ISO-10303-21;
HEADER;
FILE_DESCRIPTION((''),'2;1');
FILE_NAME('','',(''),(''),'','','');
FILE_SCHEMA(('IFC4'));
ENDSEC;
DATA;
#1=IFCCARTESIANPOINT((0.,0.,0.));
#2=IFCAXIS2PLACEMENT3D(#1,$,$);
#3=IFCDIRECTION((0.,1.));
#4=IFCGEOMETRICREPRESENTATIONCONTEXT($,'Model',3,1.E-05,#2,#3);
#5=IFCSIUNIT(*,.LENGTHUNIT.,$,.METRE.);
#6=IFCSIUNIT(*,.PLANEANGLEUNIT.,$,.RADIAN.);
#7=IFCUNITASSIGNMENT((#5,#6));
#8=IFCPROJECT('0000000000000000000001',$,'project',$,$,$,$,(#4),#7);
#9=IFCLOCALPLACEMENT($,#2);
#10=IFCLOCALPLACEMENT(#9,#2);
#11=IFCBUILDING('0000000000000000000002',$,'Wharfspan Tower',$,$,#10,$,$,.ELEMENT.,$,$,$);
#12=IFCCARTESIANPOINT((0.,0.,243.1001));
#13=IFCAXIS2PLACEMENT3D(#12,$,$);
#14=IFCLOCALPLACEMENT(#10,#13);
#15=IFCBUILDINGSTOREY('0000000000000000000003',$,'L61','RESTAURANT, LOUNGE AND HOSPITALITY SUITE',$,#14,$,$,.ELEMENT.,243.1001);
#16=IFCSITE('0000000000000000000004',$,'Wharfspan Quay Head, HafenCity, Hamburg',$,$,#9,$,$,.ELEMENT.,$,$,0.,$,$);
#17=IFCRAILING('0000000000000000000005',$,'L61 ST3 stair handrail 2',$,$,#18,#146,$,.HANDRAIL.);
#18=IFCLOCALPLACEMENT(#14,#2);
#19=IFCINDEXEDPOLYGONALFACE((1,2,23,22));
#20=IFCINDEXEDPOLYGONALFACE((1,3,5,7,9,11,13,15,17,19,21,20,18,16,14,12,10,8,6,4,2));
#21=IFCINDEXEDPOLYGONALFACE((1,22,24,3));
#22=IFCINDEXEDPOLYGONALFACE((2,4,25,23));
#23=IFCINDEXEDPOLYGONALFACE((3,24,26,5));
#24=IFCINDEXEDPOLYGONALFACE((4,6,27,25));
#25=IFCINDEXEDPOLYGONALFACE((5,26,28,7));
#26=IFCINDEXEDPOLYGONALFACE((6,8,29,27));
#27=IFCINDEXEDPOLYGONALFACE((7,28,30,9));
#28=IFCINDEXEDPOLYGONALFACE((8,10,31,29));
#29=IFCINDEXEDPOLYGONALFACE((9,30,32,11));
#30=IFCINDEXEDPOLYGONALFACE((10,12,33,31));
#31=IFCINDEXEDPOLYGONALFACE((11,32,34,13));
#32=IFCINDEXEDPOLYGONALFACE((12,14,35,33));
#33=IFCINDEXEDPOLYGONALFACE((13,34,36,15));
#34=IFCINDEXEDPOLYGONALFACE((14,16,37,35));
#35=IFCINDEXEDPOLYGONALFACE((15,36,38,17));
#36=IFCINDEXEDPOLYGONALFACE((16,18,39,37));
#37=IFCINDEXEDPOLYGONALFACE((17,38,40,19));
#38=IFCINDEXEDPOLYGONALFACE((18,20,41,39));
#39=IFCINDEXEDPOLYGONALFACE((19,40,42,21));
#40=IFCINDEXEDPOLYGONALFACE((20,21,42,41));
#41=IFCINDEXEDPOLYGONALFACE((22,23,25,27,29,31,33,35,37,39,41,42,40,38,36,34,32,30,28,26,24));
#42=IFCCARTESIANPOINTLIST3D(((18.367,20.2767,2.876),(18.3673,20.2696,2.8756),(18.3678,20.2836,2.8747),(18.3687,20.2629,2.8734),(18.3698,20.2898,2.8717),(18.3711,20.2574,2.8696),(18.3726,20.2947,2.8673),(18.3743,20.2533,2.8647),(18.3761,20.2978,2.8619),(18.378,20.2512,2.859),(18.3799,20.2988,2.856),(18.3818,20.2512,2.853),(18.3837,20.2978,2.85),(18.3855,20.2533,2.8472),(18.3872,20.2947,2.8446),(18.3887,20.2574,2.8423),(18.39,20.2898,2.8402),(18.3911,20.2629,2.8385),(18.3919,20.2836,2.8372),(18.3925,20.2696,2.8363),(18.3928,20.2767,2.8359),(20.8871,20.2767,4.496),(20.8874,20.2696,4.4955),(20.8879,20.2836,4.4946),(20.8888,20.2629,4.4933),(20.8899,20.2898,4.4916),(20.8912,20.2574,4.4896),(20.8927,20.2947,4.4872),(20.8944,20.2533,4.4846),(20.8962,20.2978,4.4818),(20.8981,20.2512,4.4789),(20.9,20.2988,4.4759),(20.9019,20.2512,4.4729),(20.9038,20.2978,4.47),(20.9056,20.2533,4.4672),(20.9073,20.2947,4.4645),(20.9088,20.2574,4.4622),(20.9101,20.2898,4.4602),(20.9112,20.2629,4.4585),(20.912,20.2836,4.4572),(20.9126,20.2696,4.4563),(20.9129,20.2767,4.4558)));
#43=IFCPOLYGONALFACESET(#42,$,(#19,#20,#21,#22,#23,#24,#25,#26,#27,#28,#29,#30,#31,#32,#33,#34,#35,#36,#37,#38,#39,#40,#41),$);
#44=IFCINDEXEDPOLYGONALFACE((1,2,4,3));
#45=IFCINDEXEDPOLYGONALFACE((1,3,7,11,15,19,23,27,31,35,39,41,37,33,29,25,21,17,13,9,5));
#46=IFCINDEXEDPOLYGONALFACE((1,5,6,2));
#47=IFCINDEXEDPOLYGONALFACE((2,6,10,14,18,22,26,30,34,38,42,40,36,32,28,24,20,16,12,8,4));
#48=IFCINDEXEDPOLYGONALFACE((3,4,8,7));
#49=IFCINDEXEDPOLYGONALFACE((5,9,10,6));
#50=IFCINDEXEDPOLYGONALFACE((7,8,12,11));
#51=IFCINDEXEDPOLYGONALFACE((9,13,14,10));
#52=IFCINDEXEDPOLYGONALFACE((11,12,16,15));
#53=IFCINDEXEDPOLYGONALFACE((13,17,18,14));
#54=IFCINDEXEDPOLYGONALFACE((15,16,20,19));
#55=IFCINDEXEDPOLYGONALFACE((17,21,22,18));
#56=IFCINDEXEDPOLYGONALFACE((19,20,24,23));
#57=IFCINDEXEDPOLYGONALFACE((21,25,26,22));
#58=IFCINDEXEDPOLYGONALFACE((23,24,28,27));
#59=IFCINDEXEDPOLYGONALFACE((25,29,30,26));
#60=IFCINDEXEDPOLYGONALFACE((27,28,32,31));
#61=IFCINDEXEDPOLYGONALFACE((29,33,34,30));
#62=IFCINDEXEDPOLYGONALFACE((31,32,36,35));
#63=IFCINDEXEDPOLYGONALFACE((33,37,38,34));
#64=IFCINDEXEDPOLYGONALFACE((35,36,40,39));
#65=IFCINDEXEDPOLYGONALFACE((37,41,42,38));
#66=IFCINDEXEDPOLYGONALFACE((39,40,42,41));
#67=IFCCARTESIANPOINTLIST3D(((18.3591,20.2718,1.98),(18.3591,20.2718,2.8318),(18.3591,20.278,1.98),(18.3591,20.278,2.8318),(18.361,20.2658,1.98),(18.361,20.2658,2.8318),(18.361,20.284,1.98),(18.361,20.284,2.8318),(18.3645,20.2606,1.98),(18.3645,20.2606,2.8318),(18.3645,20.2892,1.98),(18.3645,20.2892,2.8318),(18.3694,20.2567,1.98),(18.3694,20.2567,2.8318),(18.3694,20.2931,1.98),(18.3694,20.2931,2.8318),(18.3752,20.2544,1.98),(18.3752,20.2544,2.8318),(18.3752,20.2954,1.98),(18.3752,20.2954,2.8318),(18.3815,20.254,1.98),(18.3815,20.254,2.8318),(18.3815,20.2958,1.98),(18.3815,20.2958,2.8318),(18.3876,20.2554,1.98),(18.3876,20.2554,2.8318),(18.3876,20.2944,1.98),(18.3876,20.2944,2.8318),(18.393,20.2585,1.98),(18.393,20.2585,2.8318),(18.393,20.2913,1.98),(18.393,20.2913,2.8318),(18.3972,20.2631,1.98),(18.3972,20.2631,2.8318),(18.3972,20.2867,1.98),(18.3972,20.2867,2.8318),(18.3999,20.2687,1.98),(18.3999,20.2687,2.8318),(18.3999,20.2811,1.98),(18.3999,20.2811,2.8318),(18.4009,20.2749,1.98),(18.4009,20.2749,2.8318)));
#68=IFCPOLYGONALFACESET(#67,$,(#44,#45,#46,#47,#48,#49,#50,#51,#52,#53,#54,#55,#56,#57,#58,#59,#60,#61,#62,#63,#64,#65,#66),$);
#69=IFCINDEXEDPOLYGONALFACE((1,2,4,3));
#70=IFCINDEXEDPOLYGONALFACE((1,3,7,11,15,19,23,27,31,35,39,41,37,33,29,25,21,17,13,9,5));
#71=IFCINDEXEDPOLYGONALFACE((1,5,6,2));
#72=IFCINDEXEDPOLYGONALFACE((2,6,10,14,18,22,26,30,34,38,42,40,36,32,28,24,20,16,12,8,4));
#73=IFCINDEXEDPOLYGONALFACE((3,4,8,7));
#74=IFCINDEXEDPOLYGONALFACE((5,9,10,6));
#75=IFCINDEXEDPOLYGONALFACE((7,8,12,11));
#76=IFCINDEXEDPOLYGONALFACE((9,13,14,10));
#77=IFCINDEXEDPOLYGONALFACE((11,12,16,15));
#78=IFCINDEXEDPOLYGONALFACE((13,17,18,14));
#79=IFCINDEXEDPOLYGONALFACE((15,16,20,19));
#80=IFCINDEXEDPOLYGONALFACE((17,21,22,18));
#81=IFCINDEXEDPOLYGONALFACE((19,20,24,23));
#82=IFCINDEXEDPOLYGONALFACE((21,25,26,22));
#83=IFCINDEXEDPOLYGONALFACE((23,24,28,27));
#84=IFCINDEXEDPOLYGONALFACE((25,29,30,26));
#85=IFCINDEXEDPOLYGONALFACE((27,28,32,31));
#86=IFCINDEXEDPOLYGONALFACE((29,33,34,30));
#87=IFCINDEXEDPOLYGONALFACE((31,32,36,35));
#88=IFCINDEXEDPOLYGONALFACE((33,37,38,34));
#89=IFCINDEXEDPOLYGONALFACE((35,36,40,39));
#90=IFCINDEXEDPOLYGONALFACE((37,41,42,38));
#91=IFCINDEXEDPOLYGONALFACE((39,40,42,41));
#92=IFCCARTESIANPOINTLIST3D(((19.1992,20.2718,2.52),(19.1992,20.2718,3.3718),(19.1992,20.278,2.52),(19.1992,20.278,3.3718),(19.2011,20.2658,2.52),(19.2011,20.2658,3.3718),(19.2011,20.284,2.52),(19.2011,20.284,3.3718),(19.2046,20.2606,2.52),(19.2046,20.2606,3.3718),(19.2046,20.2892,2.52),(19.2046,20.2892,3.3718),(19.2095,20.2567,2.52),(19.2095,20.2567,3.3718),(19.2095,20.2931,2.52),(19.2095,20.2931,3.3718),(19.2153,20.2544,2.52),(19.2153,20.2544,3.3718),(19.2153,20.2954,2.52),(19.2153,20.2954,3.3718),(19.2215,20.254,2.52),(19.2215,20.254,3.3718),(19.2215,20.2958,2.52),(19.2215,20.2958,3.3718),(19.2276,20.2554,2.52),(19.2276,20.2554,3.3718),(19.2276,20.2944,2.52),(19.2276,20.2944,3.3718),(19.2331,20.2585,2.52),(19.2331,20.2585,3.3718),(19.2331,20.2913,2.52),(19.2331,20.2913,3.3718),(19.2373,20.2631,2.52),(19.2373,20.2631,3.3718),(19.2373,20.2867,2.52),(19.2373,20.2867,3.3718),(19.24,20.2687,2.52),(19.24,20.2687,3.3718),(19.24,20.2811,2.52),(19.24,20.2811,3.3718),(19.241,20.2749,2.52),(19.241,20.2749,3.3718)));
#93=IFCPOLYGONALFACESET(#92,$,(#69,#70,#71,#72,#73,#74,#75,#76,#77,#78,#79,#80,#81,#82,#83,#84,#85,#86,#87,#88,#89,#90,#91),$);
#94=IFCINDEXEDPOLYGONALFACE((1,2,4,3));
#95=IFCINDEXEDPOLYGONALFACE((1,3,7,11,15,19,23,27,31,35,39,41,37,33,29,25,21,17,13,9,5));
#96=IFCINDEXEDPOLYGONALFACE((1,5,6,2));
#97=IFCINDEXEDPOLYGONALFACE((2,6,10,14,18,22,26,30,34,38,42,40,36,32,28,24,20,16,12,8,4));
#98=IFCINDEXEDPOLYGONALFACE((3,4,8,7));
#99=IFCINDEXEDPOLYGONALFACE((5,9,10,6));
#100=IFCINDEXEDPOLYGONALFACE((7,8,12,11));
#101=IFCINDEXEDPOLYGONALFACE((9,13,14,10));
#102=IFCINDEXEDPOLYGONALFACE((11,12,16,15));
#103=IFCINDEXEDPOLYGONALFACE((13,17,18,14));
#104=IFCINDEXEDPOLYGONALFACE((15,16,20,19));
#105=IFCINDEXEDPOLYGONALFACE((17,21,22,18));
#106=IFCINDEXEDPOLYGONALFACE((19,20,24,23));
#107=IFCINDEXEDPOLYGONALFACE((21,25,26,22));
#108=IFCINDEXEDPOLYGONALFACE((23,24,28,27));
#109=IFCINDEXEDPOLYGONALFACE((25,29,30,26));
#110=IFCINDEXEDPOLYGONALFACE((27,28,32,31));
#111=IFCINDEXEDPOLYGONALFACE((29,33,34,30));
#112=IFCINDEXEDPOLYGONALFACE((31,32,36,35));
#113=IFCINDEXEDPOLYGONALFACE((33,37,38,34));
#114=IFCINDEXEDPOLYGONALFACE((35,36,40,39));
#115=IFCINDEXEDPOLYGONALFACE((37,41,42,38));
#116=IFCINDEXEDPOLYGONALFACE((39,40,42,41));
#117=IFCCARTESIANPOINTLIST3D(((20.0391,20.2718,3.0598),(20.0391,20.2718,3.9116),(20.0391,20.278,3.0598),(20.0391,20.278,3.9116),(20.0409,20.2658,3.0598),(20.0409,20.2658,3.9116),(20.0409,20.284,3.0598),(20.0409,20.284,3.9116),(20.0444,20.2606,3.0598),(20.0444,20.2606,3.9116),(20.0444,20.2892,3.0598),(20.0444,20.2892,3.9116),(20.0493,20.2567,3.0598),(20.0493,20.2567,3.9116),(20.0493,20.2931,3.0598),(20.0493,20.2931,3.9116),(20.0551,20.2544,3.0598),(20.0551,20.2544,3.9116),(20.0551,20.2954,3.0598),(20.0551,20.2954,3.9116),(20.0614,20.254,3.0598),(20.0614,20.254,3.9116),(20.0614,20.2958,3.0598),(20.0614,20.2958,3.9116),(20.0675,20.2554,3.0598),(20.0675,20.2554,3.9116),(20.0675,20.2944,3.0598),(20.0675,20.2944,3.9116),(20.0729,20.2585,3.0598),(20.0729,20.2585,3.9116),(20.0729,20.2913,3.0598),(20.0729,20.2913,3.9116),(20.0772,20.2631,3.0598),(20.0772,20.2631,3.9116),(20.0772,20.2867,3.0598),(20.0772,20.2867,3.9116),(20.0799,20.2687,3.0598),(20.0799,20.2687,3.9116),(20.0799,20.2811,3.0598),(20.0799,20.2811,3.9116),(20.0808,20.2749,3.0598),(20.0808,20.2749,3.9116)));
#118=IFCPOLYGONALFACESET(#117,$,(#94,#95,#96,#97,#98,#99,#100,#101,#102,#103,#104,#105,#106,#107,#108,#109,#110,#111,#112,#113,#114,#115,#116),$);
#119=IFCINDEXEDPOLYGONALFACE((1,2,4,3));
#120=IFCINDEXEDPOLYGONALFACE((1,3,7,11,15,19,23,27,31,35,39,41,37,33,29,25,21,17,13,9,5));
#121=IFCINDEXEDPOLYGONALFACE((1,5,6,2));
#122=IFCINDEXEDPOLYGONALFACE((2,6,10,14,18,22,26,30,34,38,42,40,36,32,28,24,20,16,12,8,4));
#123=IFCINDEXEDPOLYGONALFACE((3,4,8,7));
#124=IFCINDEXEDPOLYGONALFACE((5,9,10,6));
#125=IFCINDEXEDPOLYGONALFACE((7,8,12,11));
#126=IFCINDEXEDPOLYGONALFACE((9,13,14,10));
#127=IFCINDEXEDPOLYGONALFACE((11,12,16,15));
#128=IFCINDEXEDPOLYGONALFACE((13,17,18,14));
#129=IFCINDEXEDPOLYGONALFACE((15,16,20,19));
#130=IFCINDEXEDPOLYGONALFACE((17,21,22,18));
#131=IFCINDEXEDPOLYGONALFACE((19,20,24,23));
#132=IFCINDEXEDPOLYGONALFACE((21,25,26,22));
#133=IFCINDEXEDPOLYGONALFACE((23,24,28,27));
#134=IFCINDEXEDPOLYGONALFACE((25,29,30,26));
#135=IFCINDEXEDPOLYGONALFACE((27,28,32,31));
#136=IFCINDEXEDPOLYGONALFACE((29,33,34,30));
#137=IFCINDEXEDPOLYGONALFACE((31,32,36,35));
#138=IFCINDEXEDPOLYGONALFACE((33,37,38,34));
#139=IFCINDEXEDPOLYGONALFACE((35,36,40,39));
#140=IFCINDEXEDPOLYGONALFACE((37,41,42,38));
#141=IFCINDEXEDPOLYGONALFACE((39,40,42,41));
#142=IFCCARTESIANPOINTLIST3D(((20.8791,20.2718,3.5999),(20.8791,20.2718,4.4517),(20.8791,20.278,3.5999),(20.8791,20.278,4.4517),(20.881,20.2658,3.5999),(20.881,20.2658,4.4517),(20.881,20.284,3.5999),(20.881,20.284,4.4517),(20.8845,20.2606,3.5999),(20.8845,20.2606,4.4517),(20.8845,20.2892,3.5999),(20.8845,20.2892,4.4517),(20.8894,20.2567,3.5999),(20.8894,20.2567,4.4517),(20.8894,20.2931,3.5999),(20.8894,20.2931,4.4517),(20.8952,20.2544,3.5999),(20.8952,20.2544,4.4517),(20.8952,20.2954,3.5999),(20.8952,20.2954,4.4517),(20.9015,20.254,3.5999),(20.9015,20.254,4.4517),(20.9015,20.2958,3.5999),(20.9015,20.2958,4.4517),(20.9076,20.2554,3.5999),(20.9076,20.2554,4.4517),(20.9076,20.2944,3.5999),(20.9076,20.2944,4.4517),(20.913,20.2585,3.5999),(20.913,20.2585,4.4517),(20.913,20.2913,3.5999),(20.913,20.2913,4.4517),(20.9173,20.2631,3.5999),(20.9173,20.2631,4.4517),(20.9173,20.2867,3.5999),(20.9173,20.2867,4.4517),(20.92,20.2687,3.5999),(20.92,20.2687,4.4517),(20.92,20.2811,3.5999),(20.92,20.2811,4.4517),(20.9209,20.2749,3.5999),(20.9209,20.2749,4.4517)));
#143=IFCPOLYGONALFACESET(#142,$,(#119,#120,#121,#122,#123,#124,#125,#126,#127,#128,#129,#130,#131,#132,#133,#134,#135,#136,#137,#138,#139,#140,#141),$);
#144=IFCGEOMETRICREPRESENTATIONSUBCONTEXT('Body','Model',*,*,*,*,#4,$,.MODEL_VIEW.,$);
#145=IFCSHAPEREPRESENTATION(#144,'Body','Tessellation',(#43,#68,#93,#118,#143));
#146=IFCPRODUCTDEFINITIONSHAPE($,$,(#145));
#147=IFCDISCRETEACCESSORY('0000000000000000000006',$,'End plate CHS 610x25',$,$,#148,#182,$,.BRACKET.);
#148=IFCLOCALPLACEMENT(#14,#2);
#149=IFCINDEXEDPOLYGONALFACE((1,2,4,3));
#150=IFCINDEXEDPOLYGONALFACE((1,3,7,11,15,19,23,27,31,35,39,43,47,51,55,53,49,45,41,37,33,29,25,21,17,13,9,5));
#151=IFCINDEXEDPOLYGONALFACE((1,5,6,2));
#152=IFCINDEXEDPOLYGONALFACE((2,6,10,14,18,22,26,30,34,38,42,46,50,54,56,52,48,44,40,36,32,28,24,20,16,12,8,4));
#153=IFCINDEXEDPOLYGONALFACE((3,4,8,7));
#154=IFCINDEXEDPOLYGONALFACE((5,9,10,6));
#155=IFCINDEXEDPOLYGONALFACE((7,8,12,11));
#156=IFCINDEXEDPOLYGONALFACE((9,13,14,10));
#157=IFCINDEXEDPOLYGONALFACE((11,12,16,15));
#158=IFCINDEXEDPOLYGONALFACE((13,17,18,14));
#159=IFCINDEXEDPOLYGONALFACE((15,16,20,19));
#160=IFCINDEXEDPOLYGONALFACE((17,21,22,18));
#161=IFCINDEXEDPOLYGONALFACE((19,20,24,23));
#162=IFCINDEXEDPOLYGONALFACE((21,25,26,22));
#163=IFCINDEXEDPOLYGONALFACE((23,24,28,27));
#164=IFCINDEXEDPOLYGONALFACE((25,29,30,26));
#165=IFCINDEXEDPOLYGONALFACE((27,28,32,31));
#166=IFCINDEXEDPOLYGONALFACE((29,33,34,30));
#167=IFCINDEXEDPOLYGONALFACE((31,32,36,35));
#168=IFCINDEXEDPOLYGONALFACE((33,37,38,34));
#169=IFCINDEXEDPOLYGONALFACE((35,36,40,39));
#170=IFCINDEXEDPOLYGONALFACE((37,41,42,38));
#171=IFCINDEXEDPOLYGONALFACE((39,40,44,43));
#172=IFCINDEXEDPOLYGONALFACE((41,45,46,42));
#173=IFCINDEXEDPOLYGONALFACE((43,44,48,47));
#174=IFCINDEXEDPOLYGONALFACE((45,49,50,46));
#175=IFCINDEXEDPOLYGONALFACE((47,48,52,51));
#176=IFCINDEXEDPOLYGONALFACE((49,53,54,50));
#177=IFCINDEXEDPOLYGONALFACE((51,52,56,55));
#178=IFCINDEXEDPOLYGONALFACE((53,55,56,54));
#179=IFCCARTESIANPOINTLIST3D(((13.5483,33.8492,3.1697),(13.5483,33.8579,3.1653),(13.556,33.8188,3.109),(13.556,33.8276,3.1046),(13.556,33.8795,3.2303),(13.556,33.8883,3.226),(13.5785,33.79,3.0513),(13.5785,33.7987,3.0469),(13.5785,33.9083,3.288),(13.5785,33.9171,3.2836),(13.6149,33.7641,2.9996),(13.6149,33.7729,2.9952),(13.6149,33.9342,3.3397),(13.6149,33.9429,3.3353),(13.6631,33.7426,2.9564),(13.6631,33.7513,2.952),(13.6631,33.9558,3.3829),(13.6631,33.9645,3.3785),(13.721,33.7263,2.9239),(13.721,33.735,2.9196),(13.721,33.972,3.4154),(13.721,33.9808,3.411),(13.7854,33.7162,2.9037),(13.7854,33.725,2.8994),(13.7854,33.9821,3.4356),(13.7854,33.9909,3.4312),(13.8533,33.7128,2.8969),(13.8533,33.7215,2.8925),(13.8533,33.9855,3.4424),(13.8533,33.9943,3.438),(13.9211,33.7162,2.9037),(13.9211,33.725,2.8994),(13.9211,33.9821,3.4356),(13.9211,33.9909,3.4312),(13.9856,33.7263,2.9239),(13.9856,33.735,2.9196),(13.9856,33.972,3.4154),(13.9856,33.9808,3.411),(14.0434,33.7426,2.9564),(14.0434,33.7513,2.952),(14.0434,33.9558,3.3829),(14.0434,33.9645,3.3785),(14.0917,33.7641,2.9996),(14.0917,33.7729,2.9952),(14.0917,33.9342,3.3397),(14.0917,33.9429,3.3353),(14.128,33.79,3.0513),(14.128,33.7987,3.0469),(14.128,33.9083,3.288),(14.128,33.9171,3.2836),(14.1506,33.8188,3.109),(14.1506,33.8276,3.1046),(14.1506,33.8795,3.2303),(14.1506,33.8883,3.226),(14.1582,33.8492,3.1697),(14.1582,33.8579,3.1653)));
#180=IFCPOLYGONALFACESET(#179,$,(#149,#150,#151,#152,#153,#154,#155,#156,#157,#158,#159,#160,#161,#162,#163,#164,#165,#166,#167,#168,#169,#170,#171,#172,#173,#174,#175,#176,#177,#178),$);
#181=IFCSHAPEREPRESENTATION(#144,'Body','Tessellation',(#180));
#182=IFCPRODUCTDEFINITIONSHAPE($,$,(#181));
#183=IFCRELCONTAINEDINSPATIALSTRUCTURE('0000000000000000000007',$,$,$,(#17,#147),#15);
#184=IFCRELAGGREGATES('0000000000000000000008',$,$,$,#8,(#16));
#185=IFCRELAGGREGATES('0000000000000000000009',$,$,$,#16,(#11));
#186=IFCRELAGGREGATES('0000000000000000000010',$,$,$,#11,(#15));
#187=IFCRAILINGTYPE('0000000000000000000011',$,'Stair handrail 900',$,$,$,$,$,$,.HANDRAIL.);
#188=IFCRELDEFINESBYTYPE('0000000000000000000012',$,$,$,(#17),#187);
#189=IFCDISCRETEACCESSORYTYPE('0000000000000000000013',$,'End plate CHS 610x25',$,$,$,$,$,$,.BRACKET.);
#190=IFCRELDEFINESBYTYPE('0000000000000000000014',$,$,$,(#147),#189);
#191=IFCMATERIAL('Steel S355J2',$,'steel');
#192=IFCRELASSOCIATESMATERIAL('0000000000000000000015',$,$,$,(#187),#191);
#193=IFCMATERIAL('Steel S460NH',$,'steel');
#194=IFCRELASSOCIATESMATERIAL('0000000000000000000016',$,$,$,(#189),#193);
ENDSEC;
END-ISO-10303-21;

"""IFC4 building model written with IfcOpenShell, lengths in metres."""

from ifc_helpers import new_model, si_unit, direction, frame, origin, origin_2d, place, context, subcontext, project, spatial, circle, extrude, material, material_profile, profile_set, type_object, element, save


model = new_model("IFC4")

# Units and contexts
model_context = context("Model", 3, precision=1e-05, world=origin(), true_north=direction((0.0, 1.0)))
body_context = subcontext(model_context, "Body", "Model", "MODEL_VIEW")
ifc_project = project(units=[si_unit("LENGTHUNIT", "METRE"), si_unit("PLANEANGLEUNIT", "RADIAN")], contexts=[model_context])

# Site, building, storey
site_placement = place(None, origin())
site = spatial("IfcSite", under=ifc_project, at=site_placement, Name="Wharfspan Quay Head, HafenCity, Hamburg", CompositionType="ELEMENT", RefElevation=0.0)
building_placement = place(site_placement, origin())
building = spatial("IfcBuilding", under=site, at=building_placement, Name="Wharfspan Tower", CompositionType="ELEMENT")
storey_placement = place(building_placement, frame((0.0, 0.0, 243.1001)))
storey = spatial("IfcBuildingStorey", under=building, at=storey_placement, Name="L61", Description="RESTAURANT, LOUNGE AND HOSPITALITY SUITE", CompositionType="ELEMENT", Elevation=243.1001)

# Shared definitions
ifc_material_1 = material(Name="Steel S355J2", Category="steel")

# Shared definitions
ifc_material_2 = material(Name="Steel S460NH", Category="steel")

# Railing
railing_type_1 = type_object("IfcRailingType", Name="Stair handrail 900", PredefinedType="HANDRAIL", material=ifc_material_1)
railing_1_placement = place(storey_placement, frame((18.3799, 20.2749, 1.98)))
element("IfcRailing", 1, at=railing_1_placement, inside=storey, type_object=railing_type_1, Name="L61 ST3 stair handrail 2", PredefinedType="HANDRAIL", context=body_context, shape_type="SweptSolid", body=[
    extrude(circle(Radius=0.0239, at=origin_2d()), frame((0.0, 0.0, 0.876), z_axis=(0.8412, 0.0, 0.540725), x_axis=(0.0, 1.0, 0.0)), (0.0, 0.0, 1.0), 2.9958),
    extrude(circle(Radius=0.021, at=origin_2d()), origin(), (0.0, 0.0, 1.0), 0.8518),
    extrude(circle(Radius=0.021, at=origin_2d()), frame((0.8401, 0.0, 0.54)), (0.0, 0.0, 1.0), 0.8518),
    extrude(circle(Radius=0.021, at=origin_2d()), frame((1.6799, 0.0, 1.0798)), (0.0, 0.0, 1.0), 0.8518),
    extrude(circle(Radius=0.021, at=origin_2d()), frame((2.52, 0.0, 1.6199)), (0.0, 0.0, 1.0), 0.8518),
])

# Discrete accessory
ifc_material_profile_1 = material_profile(ifc_material_2, circle(Radius=0.3049, at=origin_2d()))
ifc_profile_set_1 = profile_set([ifc_material_profile_1], Name="Steel S460NH")
discrete_accessory_type = type_object("IfcDiscreteAccessoryType", Name="End plate CHS 610x25", PredefinedType="BRACKET", material=ifc_profile_set_1)
discrete_accessory_1_placement = place(storey_placement, frame((13.8533, 33.8579, 3.1653), z_axis=(0.0, -0.894427, 0.447214), x_axis=(1.0, 0.0, 0.0)))
element("IfcDiscreteAccessory", 2, at=discrete_accessory_1_placement, inside=storey, type_object=discrete_accessory_type, Name="End plate CHS 610x25", PredefinedType="BRACKET", context=body_context, shape_type="SweptSolid", body=[
    extrude(circle(Radius=0.3049, at=origin_2d()), origin(), (0.0, 0.0, 1.0), 0.0098),
])

save(model, "model.ifc")
